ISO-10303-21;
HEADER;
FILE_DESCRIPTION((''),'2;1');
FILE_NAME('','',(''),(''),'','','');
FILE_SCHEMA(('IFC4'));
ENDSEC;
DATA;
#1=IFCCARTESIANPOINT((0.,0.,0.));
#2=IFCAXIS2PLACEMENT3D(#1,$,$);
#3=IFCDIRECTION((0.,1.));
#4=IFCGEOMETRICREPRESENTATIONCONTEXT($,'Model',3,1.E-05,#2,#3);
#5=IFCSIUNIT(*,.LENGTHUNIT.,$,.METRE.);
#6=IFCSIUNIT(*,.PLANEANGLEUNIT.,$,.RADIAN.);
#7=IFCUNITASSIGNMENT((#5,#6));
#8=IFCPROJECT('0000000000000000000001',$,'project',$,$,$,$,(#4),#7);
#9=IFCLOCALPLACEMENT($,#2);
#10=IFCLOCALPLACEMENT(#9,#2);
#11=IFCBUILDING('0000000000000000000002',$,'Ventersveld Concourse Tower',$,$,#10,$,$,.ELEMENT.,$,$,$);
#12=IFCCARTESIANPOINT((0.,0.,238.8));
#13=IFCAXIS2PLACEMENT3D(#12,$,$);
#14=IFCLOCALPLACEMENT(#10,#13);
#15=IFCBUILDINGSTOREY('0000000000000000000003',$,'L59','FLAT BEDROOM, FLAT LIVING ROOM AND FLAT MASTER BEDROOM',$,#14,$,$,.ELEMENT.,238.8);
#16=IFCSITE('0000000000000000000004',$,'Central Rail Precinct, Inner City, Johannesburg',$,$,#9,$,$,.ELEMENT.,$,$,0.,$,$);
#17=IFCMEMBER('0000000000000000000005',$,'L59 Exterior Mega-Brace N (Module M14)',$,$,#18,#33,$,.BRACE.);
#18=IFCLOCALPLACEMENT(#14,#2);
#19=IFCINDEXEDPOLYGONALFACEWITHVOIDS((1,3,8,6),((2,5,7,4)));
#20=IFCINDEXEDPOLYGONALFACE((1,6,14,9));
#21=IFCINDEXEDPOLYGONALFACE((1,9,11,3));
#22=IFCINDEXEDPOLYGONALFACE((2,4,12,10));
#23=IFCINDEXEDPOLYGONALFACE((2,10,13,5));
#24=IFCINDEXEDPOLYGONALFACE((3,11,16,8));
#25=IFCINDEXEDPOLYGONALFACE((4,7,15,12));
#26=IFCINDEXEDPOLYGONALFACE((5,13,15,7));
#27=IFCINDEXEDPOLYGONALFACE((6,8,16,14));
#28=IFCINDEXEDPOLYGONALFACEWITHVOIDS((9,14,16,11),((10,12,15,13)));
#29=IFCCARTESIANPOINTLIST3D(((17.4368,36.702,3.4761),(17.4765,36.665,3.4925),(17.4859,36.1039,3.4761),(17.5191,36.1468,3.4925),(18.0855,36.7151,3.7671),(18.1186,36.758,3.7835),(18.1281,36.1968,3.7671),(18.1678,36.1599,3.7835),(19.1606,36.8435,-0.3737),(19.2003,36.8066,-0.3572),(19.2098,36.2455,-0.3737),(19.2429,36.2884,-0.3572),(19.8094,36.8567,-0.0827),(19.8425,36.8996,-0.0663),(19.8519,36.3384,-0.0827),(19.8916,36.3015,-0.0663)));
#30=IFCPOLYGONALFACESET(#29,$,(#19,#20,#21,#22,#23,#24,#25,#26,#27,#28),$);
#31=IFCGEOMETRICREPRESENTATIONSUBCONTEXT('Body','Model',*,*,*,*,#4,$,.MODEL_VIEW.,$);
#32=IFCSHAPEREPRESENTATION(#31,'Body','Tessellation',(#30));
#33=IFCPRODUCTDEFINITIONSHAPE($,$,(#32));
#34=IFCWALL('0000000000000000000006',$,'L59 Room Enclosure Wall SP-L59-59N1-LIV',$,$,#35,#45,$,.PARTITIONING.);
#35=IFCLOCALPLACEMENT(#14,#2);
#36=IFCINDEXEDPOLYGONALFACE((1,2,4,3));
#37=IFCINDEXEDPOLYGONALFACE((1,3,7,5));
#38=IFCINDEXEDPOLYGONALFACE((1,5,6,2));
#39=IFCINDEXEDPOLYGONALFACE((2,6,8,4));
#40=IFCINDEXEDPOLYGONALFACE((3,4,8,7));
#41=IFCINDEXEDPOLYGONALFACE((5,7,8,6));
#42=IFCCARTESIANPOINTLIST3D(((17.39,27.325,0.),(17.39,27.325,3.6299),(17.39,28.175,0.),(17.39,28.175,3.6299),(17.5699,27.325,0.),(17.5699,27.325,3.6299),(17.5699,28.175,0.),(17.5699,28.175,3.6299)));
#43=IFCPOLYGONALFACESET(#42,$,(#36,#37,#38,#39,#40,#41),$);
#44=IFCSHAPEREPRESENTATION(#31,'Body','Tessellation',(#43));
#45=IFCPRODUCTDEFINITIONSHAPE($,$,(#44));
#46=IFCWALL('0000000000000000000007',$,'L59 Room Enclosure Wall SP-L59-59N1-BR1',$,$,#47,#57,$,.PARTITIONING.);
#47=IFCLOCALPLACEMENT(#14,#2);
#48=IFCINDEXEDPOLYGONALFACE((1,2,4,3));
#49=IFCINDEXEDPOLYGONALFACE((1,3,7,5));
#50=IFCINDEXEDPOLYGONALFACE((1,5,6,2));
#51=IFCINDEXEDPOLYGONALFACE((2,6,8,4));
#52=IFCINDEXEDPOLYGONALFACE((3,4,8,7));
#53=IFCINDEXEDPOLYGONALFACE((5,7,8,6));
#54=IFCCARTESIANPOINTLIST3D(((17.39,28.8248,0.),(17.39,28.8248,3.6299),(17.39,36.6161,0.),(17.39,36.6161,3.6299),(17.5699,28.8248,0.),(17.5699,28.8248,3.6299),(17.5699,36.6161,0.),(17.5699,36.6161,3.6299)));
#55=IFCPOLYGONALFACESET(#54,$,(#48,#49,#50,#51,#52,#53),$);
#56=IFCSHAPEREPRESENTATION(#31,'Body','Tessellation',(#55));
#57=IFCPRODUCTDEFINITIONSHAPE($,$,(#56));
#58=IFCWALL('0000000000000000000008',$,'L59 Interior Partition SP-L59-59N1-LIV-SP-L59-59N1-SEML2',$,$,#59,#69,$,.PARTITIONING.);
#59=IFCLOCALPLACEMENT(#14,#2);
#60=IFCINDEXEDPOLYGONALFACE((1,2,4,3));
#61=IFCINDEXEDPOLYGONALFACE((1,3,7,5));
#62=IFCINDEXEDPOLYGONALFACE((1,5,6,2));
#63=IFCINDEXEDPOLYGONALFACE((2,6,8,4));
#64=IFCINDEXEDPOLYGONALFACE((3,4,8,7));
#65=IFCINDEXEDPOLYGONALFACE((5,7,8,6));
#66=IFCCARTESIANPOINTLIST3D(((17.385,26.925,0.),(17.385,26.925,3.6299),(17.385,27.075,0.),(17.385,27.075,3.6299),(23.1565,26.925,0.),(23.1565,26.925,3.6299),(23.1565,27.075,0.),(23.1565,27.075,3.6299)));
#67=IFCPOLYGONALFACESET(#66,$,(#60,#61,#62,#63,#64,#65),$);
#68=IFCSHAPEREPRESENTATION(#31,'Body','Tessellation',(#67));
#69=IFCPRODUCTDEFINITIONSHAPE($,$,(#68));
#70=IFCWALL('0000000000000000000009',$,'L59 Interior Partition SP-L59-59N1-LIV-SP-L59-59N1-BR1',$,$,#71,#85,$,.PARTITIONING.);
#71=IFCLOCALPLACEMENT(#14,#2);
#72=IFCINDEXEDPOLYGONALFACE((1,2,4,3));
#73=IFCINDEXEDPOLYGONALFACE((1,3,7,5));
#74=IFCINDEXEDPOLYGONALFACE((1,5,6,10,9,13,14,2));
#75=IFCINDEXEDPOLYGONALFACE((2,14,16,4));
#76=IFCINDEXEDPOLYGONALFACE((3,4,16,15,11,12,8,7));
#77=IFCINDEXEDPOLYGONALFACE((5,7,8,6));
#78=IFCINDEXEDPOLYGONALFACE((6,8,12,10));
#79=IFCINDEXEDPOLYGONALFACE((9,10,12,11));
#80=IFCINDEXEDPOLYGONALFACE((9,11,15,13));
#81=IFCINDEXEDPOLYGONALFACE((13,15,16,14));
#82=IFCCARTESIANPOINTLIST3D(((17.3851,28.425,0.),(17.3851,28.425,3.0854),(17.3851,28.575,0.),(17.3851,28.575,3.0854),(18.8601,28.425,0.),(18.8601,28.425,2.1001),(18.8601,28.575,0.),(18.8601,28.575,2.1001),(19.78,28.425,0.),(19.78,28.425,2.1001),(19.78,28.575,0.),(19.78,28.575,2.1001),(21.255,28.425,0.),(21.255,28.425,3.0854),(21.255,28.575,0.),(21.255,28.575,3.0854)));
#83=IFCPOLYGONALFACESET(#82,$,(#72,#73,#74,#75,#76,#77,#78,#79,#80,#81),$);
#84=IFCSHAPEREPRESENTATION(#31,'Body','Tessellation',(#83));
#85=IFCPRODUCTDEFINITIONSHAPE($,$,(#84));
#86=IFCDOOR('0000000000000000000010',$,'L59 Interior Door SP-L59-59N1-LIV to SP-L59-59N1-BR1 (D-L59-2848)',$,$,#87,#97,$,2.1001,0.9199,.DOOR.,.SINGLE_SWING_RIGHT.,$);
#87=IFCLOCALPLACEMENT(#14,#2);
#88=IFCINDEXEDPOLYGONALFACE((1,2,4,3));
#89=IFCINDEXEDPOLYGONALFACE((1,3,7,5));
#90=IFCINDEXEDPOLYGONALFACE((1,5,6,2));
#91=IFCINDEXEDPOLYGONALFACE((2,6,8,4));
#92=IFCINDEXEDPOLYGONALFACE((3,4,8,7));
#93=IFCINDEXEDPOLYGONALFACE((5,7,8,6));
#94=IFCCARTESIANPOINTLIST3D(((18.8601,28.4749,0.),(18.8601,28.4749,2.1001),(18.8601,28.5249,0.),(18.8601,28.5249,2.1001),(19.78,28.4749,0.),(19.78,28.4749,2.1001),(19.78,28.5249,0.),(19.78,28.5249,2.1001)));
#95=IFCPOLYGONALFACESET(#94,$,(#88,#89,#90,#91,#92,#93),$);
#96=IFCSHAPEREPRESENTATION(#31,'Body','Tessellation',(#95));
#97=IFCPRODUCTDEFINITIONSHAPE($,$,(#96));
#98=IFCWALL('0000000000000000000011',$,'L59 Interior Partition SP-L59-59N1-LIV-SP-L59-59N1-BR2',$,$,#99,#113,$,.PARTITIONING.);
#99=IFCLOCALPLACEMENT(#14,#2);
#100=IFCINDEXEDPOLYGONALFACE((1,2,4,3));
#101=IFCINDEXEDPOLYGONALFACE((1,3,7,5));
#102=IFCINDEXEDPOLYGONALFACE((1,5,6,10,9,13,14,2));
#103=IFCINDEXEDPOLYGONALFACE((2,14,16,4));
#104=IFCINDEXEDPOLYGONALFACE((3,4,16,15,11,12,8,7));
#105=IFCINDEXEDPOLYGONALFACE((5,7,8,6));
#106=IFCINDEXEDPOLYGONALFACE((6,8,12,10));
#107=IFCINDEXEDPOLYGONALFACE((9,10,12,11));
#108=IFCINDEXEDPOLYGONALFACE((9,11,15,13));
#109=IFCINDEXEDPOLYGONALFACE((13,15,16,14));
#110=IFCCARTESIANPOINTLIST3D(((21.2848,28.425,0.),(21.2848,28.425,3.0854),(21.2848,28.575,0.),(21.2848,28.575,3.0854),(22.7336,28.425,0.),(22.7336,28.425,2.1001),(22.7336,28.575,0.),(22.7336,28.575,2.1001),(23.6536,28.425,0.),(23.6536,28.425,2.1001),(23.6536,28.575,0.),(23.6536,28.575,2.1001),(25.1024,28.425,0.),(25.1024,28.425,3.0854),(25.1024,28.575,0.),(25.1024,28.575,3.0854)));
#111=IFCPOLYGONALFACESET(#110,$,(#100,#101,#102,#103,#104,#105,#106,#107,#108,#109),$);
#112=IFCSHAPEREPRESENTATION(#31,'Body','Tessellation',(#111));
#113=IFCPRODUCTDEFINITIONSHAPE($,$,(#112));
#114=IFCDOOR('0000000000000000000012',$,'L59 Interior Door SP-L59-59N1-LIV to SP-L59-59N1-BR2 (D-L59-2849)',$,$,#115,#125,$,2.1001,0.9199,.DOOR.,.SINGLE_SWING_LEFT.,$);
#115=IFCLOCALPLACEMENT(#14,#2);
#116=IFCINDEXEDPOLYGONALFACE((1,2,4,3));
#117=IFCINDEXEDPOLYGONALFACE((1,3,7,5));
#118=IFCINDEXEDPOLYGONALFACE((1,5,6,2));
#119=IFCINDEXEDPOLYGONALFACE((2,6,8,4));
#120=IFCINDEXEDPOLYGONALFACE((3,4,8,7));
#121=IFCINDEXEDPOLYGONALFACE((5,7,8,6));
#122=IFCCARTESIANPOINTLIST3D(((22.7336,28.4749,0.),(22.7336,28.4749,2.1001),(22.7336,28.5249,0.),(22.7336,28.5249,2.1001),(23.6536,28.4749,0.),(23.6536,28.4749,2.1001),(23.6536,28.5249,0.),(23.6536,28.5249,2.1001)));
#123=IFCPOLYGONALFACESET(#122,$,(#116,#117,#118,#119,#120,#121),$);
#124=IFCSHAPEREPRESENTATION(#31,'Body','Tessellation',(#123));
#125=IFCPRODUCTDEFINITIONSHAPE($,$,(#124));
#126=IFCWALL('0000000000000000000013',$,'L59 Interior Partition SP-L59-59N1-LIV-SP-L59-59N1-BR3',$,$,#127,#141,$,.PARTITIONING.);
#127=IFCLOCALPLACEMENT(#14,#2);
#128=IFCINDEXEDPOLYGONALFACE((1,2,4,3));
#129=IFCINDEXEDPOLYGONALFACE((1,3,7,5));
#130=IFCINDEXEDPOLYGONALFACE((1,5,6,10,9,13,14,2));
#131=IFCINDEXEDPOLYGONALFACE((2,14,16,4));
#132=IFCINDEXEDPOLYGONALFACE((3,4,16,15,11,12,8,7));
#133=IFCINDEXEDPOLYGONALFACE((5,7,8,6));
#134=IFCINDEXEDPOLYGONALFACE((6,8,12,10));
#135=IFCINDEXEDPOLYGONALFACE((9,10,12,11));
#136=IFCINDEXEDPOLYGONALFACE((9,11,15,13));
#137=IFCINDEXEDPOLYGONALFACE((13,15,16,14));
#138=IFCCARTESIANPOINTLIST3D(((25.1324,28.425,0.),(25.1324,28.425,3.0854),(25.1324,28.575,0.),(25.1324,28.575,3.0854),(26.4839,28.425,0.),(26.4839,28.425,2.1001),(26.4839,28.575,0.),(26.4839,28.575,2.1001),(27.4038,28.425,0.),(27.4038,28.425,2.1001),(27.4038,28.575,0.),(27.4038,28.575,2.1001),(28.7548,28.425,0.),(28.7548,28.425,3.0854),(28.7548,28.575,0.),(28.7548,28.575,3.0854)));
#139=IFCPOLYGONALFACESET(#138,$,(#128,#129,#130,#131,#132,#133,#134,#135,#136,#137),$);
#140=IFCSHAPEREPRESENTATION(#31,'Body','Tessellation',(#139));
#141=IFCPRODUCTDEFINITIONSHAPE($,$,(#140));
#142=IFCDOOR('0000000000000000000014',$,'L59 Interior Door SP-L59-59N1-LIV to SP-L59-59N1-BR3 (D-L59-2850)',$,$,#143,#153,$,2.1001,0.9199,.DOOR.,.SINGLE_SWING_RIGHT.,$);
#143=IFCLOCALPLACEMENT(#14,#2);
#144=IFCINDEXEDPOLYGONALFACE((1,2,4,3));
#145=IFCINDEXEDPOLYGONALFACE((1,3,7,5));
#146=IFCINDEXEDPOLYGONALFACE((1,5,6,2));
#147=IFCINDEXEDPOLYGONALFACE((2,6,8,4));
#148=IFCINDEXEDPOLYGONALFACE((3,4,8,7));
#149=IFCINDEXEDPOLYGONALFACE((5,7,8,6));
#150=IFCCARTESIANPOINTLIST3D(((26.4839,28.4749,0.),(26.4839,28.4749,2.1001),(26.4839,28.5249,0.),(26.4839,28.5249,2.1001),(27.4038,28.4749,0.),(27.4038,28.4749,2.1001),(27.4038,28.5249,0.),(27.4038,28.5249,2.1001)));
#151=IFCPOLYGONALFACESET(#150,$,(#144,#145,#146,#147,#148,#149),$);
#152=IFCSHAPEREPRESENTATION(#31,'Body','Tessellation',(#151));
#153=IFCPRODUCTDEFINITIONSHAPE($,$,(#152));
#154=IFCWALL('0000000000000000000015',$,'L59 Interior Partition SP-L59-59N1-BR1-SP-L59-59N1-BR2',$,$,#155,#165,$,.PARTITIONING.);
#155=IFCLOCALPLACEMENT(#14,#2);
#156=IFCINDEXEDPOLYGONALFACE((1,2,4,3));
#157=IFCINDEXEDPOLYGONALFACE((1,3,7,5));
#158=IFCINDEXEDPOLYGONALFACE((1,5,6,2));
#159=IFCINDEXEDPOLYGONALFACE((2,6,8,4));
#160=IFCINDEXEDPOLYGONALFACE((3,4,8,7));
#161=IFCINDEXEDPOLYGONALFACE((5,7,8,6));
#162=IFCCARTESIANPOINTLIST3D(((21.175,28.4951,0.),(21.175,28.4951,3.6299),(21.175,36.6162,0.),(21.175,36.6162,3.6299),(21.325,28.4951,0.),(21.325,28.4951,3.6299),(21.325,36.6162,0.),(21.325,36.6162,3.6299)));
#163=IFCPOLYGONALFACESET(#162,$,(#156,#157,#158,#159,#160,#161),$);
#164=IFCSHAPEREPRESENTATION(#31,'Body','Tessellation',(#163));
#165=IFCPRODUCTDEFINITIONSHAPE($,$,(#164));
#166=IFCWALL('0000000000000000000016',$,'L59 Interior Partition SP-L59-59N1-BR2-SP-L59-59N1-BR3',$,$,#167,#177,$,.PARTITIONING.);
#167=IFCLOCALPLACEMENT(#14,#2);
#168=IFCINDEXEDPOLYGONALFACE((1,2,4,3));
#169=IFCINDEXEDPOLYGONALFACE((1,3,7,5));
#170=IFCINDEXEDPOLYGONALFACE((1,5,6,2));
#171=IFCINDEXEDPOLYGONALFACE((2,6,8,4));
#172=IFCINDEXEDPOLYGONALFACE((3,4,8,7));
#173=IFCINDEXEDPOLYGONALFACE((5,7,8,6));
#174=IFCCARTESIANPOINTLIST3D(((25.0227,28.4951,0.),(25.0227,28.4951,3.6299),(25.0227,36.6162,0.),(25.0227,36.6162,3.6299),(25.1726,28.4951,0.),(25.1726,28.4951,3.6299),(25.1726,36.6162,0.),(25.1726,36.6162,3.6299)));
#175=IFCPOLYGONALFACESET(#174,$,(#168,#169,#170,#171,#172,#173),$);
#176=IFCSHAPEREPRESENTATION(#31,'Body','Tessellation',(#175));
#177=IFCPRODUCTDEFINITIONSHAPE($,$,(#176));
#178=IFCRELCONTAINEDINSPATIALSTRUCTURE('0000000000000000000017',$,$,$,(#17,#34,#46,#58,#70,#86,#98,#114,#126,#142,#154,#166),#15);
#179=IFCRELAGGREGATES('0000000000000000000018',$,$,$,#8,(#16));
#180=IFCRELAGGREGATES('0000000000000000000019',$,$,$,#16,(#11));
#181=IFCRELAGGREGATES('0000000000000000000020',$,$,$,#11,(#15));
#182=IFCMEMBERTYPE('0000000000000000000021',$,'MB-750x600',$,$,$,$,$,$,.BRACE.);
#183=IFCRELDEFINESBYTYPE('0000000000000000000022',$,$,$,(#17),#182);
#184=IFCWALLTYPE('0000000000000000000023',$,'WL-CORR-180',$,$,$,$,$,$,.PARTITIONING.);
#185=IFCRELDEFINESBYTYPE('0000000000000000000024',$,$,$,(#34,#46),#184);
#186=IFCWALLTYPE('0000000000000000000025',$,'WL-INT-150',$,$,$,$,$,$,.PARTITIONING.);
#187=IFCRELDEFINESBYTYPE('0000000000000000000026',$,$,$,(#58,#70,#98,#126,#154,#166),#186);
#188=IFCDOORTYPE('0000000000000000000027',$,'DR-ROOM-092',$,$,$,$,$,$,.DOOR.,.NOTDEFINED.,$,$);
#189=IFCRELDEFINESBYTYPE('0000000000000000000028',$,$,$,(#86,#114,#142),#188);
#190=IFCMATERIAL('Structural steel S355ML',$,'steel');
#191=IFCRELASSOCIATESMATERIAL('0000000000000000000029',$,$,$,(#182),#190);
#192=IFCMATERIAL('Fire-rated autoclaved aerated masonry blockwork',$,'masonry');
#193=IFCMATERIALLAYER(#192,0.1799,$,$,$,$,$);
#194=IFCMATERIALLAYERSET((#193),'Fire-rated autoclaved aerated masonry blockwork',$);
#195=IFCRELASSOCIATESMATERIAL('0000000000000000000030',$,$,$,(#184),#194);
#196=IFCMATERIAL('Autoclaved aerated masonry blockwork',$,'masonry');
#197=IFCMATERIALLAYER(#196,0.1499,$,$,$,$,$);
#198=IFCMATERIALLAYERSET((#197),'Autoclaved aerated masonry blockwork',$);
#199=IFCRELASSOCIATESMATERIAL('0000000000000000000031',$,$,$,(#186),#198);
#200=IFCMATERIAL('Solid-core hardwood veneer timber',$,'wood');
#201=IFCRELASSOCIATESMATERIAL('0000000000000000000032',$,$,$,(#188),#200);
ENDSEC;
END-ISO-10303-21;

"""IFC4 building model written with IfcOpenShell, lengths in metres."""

from ifc_helpers import new_model, si_unit, direction, frame, frame_2d, origin, origin_2d, place, context, subcontext, project, spatial, rectangle, hollow_rectangle, extrude, material, layer, layer_set, material_profile, profile_set, type_object, element, fill, save


model = new_model("IFC4")

# Units and contexts
model_context = context("Model", 3, precision=1e-05, world=origin(), true_north=direction((0.0, 1.0)))
body_context = subcontext(model_context, "Body", "Model", "MODEL_VIEW")
ifc_project = project(units=[si_unit("LENGTHUNIT", "METRE"), si_unit("PLANEANGLEUNIT", "RADIAN")], contexts=[model_context])

# Site, building, storey
site_placement = place(None, origin())
site = spatial("IfcSite", under=ifc_project, at=site_placement, Name="Central Rail Precinct, Inner City, Johannesburg", CompositionType="ELEMENT", RefElevation=0.0)
building_placement = place(site_placement, origin())
building = spatial("IfcBuilding", under=site, at=building_placement, Name="Ventersveld Concourse Tower", CompositionType="ELEMENT")
storey_placement = place(building_placement, frame((0.0, 0.0, 238.8)))
storey = spatial("IfcBuildingStorey", under=building, at=storey_placement, Name="L59", Description="FLAT BEDROOM, FLAT LIVING ROOM AND FLAT MASTER BEDROOM", CompositionType="ELEMENT", Elevation=238.8)

# Member
ifc_material_1 = material(Name="Structural steel S355ML", Category="steel")
ifc_material_profile_1 = material_profile(ifc_material_1, hollow_rectangle(XDim=0.6001, YDim=0.75, WallThickness=0.04, at=origin_2d()), Name="BOX 750x600x40")
ifc_profile_set_1 = profile_set([ifc_material_profile_1], Name="Structural steel S355ML")
member_type = type_object("IfcMemberType", Name="MB-750x600", PredefinedType="BRACE", material=ifc_profile_set_1)
member_placement = place(storey_placement, frame((19.5261, 36.5725, -0.22), z_axis=(-0.408447, -0.03355, 0.912165), x_axis=(0.081866, -0.996643, 0.0)))
element("IfcMember", 1, at=member_placement, inside=storey, type_object=member_type, Name="L59 Exterior Mega-Brace N (Module M14)", PredefinedType="BRACE", context=body_context, shape_type="SweptSolid", body=[
    extrude(hollow_rectangle(XDim=0.6001, YDim=0.75, WallThickness=0.04, at=origin_2d()), origin(), (0.0, 0.0, 1.0), 4.2205),
])

# Walls
ifc_material_2 = material(Name="Fire-rated autoclaved aerated masonry blockwork", Category="masonry")
ifc_layer_1 = layer(ifc_material_2, 0.1799)
ifc_layer_set_1 = layer_set([ifc_layer_1], Name="Fire-rated autoclaved aerated masonry blockwork")
wall_type_1 = type_object("IfcWallType", Name="WL-CORR-180", PredefinedType="PARTITIONING", material=ifc_layer_set_1)
wall_1_placement = place(storey_placement, frame((17.48, 27.325, 0.0), z_axis=(0.0, 0.0, 1.0), x_axis=(0.0, 1.0, 0.0)))
element("IfcWall", 2, at=wall_1_placement, inside=storey, type_object=wall_type_1, Name="L59 Room Enclosure Wall SP-L59-59N1-LIV", PredefinedType="PARTITIONING", context=body_context, shape_type="SweptSolid", body=[
    extrude(rectangle(XDim=0.8501, YDim=0.1799, at=frame_2d((0.425, 0.0))), origin(), (0.0, 0.0, 1.0), 3.6299),
])
wall_2_placement = place(storey_placement, frame((17.48, 28.825, 0.0), z_axis=(0.0, 0.0, 1.0), x_axis=(0.0, 1.0, 0.0)))
element("IfcWall", 3, at=wall_2_placement, inside=storey, type_object=wall_type_1, Name="L59 Room Enclosure Wall SP-L59-59N1-BR1", PredefinedType="PARTITIONING", context=body_context, shape_type="SweptSolid", body=[
    extrude(rectangle(XDim=7.7913, YDim=0.1799, at=frame_2d((3.8955, 0.0))), origin(), (0.0, 0.0, 1.0), 3.6299),
])
ifc_material_3 = material(Name="Autoclaved aerated masonry blockwork", Category="masonry")
ifc_layer_2 = layer(ifc_material_3, 0.1499)
ifc_layer_set_2 = layer_set([ifc_layer_2], Name="Autoclaved aerated masonry blockwork")
wall_type_2 = type_object("IfcWallType", Name="WL-INT-150", PredefinedType="PARTITIONING", material=ifc_layer_set_2)
wall_3_placement = place(storey_placement, frame((17.385, 27.0, 0.0), z_axis=(0.0, 0.0, 1.0), x_axis=(1.0, 0.0, 0.0)))
element("IfcWall", 4, at=wall_3_placement, inside=storey, type_object=wall_type_2, Name="L59 Interior Partition SP-L59-59N1-LIV-SP-L59-59N1-SEML2", PredefinedType="PARTITIONING", context=body_context, shape_type="SweptSolid", body=[
    extrude(rectangle(XDim=5.7715, YDim=0.1499, at=frame_2d((2.8857, 0.0))), origin(), (0.0, 0.0, 1.0), 3.6299),
])

# Walls, openings, doors
wall_4_placement = place(storey_placement, frame((17.385, 28.5, 0.0), z_axis=(0.0, 0.0, 1.0), x_axis=(1.0, 0.0, 0.0)))
wall_4 = element("IfcWall", 5, at=wall_4_placement, inside=storey, type_object=wall_type_2, Name="L59 Interior Partition SP-L59-59N1-LIV-SP-L59-59N1-BR1", PredefinedType="PARTITIONING", context=body_context, shape_type="SweptSolid", body=[
    extrude(rectangle(XDim=3.8699, YDim=0.1499, at=frame_2d((1.9351, 0.0))), origin(), (0.0, 0.0, 1.0), 3.0854),
])
opening_1_placement = place(wall_4_placement, frame((1.4751, 0.0, 0.0)))
opening_1 = element("IfcOpeningElement", 6, at=opening_1_placement, cuts=wall_4, PredefinedType="OPENING", context=body_context, shape_type="SweptSolid", body=[
    extrude(rectangle(XDim=0.9199, YDim=2.1001, at=frame_2d((0.46, 1.05))), frame((0.0, 0.085, 0.0), z_axis=(0.0, -1.0, 0.0), x_axis=(1.0, 0.0, 0.0)), (0.0, 0.0, 1.0), 0.1699),
])
ifc_material_4 = material(Name="Solid-core hardwood veneer timber", Category="wood")
door_type = type_object("IfcDoorType", Name="DR-ROOM-092", OperationType="NOTDEFINED", PredefinedType="DOOR", material=ifc_material_4)
door_1_placement = place(opening_1_placement, origin())
door_1 = element("IfcDoor", 7, at=door_1_placement, inside=storey, type_object=door_type, Name="L59 Interior Door SP-L59-59N1-LIV to SP-L59-59N1-BR1 (D-L59-2848)", OperationType="SINGLE_SWING_RIGHT", OverallHeight=2.1001, OverallWidth=0.9199, PredefinedType="DOOR", context=body_context, shape_type="SweptSolid", body=[
    extrude(rectangle(XDim=0.9199, YDim=2.1001, at=frame_2d((0.46, 1.05))), frame((0.0, 0.0249, 0.0), z_axis=(0.0, -1.0, 0.0), x_axis=(1.0, 0.0, 0.0)), (0.0, 0.0, 1.0), 0.05),
])
fill(opening_1, door_1)
wall_5_placement = place(storey_placement, frame((21.2849, 28.5, 0.0), z_axis=(0.0, 0.0, 1.0), x_axis=(1.0, 0.0, 0.0)))
wall_5 = element("IfcWall", 8, at=wall_5_placement, inside=storey, type_object=wall_type_2, Name="L59 Interior Partition SP-L59-59N1-LIV-SP-L59-59N1-BR2", PredefinedType="PARTITIONING", context=body_context, shape_type="SweptSolid", body=[
    extrude(rectangle(XDim=3.8176, YDim=0.1499, at=frame_2d((1.9087, 0.0))), origin(), (0.0, 0.0, 1.0), 3.0854),
])
opening_2_placement = place(wall_5_placement, frame((1.4487, 0.0, 0.0)))
opening_2 = element("IfcOpeningElement", 9, at=opening_2_placement, cuts=wall_5, PredefinedType="OPENING", context=body_context, shape_type="SweptSolid", body=[
    extrude(rectangle(XDim=0.9199, YDim=2.1001, at=frame_2d((0.46, 1.05))), frame((0.0, 0.085, 0.0), z_axis=(0.0, -1.0, 0.0), x_axis=(1.0, 0.0, 0.0)), (0.0, 0.0, 1.0), 0.1699),
])
door_2_placement = place(opening_2_placement, origin())
door_2 = element("IfcDoor", 10, at=door_2_placement, inside=storey, type_object=door_type, Name="L59 Interior Door SP-L59-59N1-LIV to SP-L59-59N1-BR2 (D-L59-2849)", OperationType="SINGLE_SWING_LEFT", OverallHeight=2.1001, OverallWidth=0.9199, PredefinedType="DOOR", context=body_context, shape_type="SweptSolid", body=[
    extrude(rectangle(XDim=0.9199, YDim=2.1001, at=frame_2d((0.46, 1.05))), frame((0.0, 0.0249, 0.0), z_axis=(0.0, -1.0, 0.0), x_axis=(1.0, 0.0, 0.0)), (0.0, 0.0, 1.0), 0.05),
])
fill(opening_2, door_2)
wall_6_placement = place(storey_placement, frame((25.1326, 28.5, 0.0), z_axis=(0.0, 0.0, 1.0), x_axis=(1.0, 0.0, 0.0)))
wall_6 = element("IfcWall", 11, at=wall_6_placement, inside=storey, type_object=wall_type_2, Name="L59 Interior Partition SP-L59-59N1-LIV-SP-L59-59N1-BR3", PredefinedType="PARTITIONING", context=body_context, shape_type="SweptSolid", body=[
    extrude(rectangle(XDim=3.6223, YDim=0.1499, at=frame_2d((1.811, 0.0))), origin(), (0.0, 0.0, 1.0), 3.0854),
])
opening_3_placement = place(wall_6_placement, frame((1.3513, 0.0, 0.0)))
opening_3 = element("IfcOpeningElement", 12, at=opening_3_placement, cuts=wall_6, PredefinedType="OPENING", context=body_context, shape_type="SweptSolid", body=[
    extrude(rectangle(XDim=0.9199, YDim=2.1001, at=frame_2d((0.46, 1.05))), frame((0.0, 0.085, 0.0), z_axis=(0.0, -1.0, 0.0), x_axis=(1.0, 0.0, 0.0)), (0.0, 0.0, 1.0), 0.1699),
])
door_3_placement = place(opening_3_placement, origin())
door_3 = element("IfcDoor", 13, at=door_3_placement, inside=storey, type_object=door_type, Name="L59 Interior Door SP-L59-59N1-LIV to SP-L59-59N1-BR3 (D-L59-2850)", OperationType="SINGLE_SWING_RIGHT", OverallHeight=2.1001, OverallWidth=0.9199, PredefinedType="DOOR", context=body_context, shape_type="SweptSolid", body=[
    extrude(rectangle(XDim=0.9199, YDim=2.1001, at=frame_2d((0.46, 1.05))), frame((0.0, 0.0249, 0.0), z_axis=(0.0, -1.0, 0.0), x_axis=(1.0, 0.0, 0.0)), (0.0, 0.0, 1.0), 0.05),
])
fill(opening_3, door_3)

# Walls
for number, where, z_axis, x_axis, name in (
    (14, (21.25, 28.4951, 0.0), (0.0, 0.0, 1.0), (0.0, 1.0, 0.0), "L59 Interior Partition SP-L59-59N1-BR1-SP-L59-59N1-BR2"),
    (15, (25.0977, 28.4951, 0.0), (0.0, 0.0, 1.0), (0.0, 1.0, 0.0), "L59 Interior Partition SP-L59-59N1-BR2-SP-L59-59N1-BR3"),
):
    element("IfcWall", number, at=place(storey_placement, frame(where, z_axis=z_axis, x_axis=x_axis)), inside=storey, type_object=wall_type_2, Name=name, PredefinedType="PARTITIONING", context=body_context, shape_type="SweptSolid", body=[
        extrude(rectangle(XDim=8.1211, YDim=0.1499, at=frame_2d((4.0605, 0.0))), origin(), (0.0, 0.0, 1.0), 3.6299),
    ])

save(model, "model.ifc")
